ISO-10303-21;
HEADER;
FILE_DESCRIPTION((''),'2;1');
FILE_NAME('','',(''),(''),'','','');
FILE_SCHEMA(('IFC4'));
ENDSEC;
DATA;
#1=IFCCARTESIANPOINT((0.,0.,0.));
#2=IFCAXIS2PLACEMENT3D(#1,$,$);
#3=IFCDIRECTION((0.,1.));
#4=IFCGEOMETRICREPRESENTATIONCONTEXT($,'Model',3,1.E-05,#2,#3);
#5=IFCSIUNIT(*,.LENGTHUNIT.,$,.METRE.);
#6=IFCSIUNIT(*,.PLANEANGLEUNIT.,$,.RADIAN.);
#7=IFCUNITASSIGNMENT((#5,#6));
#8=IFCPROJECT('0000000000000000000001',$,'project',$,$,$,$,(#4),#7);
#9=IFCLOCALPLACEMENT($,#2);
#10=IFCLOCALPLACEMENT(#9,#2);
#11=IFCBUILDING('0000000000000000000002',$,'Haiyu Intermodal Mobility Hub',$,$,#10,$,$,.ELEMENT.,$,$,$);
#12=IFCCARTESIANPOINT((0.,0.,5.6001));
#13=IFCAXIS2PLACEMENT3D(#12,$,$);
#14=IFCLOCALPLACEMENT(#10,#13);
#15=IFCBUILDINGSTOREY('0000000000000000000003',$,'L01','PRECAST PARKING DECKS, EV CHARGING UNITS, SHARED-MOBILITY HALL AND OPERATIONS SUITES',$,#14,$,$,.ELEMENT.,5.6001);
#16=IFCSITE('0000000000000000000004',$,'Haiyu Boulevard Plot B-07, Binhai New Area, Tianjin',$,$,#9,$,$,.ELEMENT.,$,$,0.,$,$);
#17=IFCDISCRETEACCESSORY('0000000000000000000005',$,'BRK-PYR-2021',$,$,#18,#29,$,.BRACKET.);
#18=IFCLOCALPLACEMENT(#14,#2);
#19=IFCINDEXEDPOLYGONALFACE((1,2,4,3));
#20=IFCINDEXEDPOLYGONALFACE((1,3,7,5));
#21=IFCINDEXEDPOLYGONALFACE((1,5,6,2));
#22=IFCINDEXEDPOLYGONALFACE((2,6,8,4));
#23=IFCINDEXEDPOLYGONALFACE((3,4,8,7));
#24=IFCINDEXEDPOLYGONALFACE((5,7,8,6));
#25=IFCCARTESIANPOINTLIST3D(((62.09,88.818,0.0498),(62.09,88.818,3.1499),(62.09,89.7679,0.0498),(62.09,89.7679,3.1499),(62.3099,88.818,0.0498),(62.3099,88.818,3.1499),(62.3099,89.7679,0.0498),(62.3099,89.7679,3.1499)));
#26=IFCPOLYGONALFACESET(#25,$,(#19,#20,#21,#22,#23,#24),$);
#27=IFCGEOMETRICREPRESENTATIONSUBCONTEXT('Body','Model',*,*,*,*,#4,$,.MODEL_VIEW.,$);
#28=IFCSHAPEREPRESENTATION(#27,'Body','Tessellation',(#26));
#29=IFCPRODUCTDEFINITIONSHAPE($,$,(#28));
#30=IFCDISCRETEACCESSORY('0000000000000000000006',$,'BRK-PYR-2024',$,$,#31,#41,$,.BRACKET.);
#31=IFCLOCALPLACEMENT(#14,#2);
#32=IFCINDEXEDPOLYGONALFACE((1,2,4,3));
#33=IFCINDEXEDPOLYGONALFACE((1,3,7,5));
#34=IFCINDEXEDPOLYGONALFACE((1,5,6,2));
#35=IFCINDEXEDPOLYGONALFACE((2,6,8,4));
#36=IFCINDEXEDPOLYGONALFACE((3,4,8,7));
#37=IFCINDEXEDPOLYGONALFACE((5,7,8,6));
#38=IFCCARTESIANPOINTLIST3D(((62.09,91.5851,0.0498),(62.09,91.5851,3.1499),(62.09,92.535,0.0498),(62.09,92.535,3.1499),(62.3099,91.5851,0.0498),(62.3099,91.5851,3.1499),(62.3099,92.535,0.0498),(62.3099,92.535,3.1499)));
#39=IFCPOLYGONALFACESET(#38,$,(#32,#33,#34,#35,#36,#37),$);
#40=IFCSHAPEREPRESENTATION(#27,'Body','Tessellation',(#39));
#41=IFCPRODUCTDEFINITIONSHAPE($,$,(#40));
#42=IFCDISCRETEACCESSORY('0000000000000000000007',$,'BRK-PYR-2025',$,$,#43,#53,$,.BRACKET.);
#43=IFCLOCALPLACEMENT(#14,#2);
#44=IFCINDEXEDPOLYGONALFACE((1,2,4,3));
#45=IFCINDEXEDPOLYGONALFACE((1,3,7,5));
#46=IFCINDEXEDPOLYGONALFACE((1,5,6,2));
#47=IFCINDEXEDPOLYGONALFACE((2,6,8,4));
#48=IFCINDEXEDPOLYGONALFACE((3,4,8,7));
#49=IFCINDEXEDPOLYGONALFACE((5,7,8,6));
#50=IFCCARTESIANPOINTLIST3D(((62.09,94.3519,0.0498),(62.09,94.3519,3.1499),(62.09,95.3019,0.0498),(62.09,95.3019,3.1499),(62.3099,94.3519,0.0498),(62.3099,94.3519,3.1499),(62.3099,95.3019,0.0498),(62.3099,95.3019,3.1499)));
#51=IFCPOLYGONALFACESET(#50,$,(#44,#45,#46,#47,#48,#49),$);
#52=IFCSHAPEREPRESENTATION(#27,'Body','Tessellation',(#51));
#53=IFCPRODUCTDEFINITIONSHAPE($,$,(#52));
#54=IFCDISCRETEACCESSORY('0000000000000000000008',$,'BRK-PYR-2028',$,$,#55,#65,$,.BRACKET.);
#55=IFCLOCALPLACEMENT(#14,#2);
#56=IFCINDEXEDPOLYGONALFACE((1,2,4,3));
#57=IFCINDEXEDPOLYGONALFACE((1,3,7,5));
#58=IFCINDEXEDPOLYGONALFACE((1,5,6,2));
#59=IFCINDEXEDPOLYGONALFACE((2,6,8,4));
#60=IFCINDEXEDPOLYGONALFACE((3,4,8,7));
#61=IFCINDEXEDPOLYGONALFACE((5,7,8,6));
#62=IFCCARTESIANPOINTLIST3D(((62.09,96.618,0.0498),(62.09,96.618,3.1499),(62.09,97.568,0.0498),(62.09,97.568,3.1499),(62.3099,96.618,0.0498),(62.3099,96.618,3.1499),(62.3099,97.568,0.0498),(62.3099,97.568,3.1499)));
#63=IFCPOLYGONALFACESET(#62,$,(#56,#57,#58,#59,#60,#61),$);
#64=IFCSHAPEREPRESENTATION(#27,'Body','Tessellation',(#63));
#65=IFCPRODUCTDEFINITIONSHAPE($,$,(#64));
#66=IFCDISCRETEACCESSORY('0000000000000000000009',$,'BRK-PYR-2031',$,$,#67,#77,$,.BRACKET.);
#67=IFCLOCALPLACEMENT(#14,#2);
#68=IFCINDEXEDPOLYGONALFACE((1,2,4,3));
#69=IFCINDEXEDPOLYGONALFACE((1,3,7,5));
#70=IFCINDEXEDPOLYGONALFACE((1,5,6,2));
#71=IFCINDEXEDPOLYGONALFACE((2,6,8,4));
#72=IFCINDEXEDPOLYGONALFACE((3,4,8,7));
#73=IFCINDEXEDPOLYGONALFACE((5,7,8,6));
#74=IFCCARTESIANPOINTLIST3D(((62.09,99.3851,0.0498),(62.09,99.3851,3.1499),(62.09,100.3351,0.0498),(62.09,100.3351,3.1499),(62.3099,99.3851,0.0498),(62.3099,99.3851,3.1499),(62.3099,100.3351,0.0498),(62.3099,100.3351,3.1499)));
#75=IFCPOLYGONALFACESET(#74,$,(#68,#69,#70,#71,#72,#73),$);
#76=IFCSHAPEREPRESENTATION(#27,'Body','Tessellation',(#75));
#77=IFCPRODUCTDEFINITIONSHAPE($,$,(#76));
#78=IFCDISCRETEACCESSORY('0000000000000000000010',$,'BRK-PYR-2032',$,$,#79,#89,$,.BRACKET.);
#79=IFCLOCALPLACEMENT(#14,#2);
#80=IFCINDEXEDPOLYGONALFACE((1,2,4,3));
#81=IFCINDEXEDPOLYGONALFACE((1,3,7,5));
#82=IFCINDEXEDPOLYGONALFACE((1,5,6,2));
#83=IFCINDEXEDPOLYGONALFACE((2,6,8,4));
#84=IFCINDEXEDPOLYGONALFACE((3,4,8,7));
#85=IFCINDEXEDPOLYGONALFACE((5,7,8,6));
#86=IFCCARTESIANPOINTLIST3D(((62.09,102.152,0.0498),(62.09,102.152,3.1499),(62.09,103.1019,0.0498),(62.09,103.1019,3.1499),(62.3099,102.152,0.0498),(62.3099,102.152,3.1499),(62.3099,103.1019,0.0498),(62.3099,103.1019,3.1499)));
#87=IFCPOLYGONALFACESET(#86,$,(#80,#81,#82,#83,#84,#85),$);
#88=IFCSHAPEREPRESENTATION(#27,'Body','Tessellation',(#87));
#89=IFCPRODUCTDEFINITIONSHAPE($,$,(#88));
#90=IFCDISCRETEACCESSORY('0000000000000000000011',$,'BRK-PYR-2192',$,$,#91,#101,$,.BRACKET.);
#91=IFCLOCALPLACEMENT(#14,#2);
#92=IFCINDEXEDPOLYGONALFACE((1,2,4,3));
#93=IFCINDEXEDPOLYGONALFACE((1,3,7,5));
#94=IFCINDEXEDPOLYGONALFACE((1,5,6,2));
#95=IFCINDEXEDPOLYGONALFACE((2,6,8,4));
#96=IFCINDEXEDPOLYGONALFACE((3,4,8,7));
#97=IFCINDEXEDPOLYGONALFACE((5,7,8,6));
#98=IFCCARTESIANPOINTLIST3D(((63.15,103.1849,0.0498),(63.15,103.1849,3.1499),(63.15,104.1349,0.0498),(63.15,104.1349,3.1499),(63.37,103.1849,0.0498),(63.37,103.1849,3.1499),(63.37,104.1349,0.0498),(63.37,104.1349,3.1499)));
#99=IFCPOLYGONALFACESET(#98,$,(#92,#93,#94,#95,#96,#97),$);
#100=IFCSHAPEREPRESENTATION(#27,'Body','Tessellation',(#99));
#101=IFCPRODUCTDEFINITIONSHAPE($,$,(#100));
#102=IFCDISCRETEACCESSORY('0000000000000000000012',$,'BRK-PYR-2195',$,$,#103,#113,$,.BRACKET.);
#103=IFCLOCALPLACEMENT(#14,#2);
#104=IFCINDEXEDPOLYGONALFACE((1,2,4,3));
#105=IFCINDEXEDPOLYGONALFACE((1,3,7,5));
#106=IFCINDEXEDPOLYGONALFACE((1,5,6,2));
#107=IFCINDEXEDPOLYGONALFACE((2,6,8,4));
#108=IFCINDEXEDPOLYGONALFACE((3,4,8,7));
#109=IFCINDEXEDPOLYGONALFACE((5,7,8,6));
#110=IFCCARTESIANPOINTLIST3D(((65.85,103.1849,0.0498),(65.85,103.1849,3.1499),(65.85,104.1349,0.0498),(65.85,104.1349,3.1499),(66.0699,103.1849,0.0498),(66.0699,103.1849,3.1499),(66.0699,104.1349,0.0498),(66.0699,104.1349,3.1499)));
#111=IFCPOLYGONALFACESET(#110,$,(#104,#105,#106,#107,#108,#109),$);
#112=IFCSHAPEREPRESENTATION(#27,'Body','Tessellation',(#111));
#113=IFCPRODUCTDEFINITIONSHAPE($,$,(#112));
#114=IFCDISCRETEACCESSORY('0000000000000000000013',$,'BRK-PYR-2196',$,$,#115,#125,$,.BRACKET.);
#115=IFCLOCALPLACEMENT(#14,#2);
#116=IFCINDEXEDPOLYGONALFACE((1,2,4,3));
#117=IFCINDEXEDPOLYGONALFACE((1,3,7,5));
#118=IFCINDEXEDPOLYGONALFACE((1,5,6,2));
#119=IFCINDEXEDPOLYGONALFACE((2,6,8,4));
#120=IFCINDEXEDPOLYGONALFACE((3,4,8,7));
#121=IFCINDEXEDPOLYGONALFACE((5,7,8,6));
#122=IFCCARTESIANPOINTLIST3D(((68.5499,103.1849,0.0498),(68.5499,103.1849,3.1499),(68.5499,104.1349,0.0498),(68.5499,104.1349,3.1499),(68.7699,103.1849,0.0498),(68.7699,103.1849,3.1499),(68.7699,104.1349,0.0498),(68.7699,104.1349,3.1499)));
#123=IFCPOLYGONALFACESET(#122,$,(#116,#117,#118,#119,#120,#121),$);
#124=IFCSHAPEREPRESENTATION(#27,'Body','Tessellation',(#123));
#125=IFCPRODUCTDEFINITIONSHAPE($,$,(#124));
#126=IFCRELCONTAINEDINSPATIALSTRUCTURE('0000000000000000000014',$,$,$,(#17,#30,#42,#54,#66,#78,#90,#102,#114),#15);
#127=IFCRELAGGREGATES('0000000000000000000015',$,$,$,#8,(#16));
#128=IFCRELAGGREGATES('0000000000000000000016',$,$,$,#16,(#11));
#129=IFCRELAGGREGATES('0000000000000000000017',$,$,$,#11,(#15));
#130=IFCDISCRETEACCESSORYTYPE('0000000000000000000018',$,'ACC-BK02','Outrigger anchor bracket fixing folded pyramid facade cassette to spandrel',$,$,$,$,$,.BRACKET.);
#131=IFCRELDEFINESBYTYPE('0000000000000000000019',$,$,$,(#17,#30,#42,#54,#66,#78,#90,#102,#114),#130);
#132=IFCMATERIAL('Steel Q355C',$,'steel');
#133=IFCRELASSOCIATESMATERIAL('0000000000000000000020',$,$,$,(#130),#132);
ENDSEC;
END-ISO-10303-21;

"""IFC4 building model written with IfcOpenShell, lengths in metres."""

from ifc_helpers import new_model, si_unit, direction, frame, origin, origin_2d, place, context, subcontext, project, spatial, rectangle, extrude, material, type_object, element, save


model = new_model("IFC4")

# Units and contexts
model_context = context("Model", 3, precision=1e-05, world=origin(), true_north=direction((0.0, 1.0)))
body_context = subcontext(model_context, "Body", "Model", "MODEL_VIEW")
ifc_project = project(units=[si_unit("LENGTHUNIT", "METRE"), si_unit("PLANEANGLEUNIT", "RADIAN")], contexts=[model_context])

# Site, building, storey
site_placement = place(None, origin())
site = spatial("IfcSite", under=ifc_project, at=site_placement, Name="Haiyu Boulevard Plot B-07, Binhai New Area, Tianjin", CompositionType="ELEMENT", RefElevation=0.0)
building_placement = place(site_placement, origin())
building = spatial("IfcBuilding", under=site, at=building_placement, Name="Haiyu Intermodal Mobility Hub", CompositionType="ELEMENT")
storey_placement = place(building_placement, frame((0.0, 0.0, 5.6001)))
storey = spatial("IfcBuildingStorey", under=building, at=storey_placement, Name="L01", Description="PRECAST PARKING DECKS, EV CHARGING UNITS, SHARED-MOBILITY HALL AND OPERATIONS SUITES", CompositionType="ELEMENT", Elevation=5.6001)

# Shared definitions
ifc_material_1 = material(Name="Steel Q355C", Category="steel")

# Discrete accessories
discrete_accessory_type = type_object("IfcDiscreteAccessoryType", Name="ACC-BK02", Description="Outrigger anchor bracket fixing folded pyramid facade cassette to spandrel", PredefinedType="BRACKET", material=ifc_material_1)
for number, where, z_axis, x_axis, name in (
    (1, (62.2, 89.293, 0.0498), (0.0, 0.0, 1.0), (1.0, 0.0, 0.0), "BRK-PYR-2021"),
    (2, (62.2, 92.0601, 0.0498), (0.0, 0.0, 1.0), (1.0, 0.0, 0.0), "BRK-PYR-2024"),
    (3, (62.2, 94.8269, 0.0498), (0.0, 0.0, 1.0), (1.0, 0.0, 0.0), "BRK-PYR-2025"),
    (4, (62.2, 97.093, 0.0498), (0.0, 0.0, 1.0), (1.0, 0.0, 0.0), "BRK-PYR-2028"),
    (5, (62.2, 99.8601, 0.0498), (0.0, 0.0, 1.0), (1.0, 0.0, 0.0), "BRK-PYR-2031"),
    (6, (62.2, 102.627, 0.0498), (0.0, 0.0, 1.0), (1.0, 0.0, 0.0), "BRK-PYR-2032"),
    (7, (63.26, 103.6599, 0.0498), (0.0, 0.0, 1.0), (1.0, 0.0, 0.0), "BRK-PYR-2192"),
    (8, (65.96, 103.6599, 0.0498), (0.0, 0.0, 1.0), (1.0, 0.0, 0.0), "BRK-PYR-2195"),
    (9, (68.6599, 103.6599, 0.0498), (0.0, 0.0, 1.0), (1.0, 0.0, 0.0), "BRK-PYR-2196"),
):
    element("IfcDiscreteAccessory", number, at=place(storey_placement, frame(where, z_axis=z_axis, x_axis=x_axis)), inside=storey, type_object=discrete_accessory_type, Name=name, PredefinedType="BRACKET", context=body_context, shape_type="SweptSolid", body=[
        extrude(rectangle(XDim=0.22, YDim=0.95, at=origin_2d()), origin(), (0.0, 0.0, 1.0), 3.1001),
    ])

save(model, "model.ifc")
